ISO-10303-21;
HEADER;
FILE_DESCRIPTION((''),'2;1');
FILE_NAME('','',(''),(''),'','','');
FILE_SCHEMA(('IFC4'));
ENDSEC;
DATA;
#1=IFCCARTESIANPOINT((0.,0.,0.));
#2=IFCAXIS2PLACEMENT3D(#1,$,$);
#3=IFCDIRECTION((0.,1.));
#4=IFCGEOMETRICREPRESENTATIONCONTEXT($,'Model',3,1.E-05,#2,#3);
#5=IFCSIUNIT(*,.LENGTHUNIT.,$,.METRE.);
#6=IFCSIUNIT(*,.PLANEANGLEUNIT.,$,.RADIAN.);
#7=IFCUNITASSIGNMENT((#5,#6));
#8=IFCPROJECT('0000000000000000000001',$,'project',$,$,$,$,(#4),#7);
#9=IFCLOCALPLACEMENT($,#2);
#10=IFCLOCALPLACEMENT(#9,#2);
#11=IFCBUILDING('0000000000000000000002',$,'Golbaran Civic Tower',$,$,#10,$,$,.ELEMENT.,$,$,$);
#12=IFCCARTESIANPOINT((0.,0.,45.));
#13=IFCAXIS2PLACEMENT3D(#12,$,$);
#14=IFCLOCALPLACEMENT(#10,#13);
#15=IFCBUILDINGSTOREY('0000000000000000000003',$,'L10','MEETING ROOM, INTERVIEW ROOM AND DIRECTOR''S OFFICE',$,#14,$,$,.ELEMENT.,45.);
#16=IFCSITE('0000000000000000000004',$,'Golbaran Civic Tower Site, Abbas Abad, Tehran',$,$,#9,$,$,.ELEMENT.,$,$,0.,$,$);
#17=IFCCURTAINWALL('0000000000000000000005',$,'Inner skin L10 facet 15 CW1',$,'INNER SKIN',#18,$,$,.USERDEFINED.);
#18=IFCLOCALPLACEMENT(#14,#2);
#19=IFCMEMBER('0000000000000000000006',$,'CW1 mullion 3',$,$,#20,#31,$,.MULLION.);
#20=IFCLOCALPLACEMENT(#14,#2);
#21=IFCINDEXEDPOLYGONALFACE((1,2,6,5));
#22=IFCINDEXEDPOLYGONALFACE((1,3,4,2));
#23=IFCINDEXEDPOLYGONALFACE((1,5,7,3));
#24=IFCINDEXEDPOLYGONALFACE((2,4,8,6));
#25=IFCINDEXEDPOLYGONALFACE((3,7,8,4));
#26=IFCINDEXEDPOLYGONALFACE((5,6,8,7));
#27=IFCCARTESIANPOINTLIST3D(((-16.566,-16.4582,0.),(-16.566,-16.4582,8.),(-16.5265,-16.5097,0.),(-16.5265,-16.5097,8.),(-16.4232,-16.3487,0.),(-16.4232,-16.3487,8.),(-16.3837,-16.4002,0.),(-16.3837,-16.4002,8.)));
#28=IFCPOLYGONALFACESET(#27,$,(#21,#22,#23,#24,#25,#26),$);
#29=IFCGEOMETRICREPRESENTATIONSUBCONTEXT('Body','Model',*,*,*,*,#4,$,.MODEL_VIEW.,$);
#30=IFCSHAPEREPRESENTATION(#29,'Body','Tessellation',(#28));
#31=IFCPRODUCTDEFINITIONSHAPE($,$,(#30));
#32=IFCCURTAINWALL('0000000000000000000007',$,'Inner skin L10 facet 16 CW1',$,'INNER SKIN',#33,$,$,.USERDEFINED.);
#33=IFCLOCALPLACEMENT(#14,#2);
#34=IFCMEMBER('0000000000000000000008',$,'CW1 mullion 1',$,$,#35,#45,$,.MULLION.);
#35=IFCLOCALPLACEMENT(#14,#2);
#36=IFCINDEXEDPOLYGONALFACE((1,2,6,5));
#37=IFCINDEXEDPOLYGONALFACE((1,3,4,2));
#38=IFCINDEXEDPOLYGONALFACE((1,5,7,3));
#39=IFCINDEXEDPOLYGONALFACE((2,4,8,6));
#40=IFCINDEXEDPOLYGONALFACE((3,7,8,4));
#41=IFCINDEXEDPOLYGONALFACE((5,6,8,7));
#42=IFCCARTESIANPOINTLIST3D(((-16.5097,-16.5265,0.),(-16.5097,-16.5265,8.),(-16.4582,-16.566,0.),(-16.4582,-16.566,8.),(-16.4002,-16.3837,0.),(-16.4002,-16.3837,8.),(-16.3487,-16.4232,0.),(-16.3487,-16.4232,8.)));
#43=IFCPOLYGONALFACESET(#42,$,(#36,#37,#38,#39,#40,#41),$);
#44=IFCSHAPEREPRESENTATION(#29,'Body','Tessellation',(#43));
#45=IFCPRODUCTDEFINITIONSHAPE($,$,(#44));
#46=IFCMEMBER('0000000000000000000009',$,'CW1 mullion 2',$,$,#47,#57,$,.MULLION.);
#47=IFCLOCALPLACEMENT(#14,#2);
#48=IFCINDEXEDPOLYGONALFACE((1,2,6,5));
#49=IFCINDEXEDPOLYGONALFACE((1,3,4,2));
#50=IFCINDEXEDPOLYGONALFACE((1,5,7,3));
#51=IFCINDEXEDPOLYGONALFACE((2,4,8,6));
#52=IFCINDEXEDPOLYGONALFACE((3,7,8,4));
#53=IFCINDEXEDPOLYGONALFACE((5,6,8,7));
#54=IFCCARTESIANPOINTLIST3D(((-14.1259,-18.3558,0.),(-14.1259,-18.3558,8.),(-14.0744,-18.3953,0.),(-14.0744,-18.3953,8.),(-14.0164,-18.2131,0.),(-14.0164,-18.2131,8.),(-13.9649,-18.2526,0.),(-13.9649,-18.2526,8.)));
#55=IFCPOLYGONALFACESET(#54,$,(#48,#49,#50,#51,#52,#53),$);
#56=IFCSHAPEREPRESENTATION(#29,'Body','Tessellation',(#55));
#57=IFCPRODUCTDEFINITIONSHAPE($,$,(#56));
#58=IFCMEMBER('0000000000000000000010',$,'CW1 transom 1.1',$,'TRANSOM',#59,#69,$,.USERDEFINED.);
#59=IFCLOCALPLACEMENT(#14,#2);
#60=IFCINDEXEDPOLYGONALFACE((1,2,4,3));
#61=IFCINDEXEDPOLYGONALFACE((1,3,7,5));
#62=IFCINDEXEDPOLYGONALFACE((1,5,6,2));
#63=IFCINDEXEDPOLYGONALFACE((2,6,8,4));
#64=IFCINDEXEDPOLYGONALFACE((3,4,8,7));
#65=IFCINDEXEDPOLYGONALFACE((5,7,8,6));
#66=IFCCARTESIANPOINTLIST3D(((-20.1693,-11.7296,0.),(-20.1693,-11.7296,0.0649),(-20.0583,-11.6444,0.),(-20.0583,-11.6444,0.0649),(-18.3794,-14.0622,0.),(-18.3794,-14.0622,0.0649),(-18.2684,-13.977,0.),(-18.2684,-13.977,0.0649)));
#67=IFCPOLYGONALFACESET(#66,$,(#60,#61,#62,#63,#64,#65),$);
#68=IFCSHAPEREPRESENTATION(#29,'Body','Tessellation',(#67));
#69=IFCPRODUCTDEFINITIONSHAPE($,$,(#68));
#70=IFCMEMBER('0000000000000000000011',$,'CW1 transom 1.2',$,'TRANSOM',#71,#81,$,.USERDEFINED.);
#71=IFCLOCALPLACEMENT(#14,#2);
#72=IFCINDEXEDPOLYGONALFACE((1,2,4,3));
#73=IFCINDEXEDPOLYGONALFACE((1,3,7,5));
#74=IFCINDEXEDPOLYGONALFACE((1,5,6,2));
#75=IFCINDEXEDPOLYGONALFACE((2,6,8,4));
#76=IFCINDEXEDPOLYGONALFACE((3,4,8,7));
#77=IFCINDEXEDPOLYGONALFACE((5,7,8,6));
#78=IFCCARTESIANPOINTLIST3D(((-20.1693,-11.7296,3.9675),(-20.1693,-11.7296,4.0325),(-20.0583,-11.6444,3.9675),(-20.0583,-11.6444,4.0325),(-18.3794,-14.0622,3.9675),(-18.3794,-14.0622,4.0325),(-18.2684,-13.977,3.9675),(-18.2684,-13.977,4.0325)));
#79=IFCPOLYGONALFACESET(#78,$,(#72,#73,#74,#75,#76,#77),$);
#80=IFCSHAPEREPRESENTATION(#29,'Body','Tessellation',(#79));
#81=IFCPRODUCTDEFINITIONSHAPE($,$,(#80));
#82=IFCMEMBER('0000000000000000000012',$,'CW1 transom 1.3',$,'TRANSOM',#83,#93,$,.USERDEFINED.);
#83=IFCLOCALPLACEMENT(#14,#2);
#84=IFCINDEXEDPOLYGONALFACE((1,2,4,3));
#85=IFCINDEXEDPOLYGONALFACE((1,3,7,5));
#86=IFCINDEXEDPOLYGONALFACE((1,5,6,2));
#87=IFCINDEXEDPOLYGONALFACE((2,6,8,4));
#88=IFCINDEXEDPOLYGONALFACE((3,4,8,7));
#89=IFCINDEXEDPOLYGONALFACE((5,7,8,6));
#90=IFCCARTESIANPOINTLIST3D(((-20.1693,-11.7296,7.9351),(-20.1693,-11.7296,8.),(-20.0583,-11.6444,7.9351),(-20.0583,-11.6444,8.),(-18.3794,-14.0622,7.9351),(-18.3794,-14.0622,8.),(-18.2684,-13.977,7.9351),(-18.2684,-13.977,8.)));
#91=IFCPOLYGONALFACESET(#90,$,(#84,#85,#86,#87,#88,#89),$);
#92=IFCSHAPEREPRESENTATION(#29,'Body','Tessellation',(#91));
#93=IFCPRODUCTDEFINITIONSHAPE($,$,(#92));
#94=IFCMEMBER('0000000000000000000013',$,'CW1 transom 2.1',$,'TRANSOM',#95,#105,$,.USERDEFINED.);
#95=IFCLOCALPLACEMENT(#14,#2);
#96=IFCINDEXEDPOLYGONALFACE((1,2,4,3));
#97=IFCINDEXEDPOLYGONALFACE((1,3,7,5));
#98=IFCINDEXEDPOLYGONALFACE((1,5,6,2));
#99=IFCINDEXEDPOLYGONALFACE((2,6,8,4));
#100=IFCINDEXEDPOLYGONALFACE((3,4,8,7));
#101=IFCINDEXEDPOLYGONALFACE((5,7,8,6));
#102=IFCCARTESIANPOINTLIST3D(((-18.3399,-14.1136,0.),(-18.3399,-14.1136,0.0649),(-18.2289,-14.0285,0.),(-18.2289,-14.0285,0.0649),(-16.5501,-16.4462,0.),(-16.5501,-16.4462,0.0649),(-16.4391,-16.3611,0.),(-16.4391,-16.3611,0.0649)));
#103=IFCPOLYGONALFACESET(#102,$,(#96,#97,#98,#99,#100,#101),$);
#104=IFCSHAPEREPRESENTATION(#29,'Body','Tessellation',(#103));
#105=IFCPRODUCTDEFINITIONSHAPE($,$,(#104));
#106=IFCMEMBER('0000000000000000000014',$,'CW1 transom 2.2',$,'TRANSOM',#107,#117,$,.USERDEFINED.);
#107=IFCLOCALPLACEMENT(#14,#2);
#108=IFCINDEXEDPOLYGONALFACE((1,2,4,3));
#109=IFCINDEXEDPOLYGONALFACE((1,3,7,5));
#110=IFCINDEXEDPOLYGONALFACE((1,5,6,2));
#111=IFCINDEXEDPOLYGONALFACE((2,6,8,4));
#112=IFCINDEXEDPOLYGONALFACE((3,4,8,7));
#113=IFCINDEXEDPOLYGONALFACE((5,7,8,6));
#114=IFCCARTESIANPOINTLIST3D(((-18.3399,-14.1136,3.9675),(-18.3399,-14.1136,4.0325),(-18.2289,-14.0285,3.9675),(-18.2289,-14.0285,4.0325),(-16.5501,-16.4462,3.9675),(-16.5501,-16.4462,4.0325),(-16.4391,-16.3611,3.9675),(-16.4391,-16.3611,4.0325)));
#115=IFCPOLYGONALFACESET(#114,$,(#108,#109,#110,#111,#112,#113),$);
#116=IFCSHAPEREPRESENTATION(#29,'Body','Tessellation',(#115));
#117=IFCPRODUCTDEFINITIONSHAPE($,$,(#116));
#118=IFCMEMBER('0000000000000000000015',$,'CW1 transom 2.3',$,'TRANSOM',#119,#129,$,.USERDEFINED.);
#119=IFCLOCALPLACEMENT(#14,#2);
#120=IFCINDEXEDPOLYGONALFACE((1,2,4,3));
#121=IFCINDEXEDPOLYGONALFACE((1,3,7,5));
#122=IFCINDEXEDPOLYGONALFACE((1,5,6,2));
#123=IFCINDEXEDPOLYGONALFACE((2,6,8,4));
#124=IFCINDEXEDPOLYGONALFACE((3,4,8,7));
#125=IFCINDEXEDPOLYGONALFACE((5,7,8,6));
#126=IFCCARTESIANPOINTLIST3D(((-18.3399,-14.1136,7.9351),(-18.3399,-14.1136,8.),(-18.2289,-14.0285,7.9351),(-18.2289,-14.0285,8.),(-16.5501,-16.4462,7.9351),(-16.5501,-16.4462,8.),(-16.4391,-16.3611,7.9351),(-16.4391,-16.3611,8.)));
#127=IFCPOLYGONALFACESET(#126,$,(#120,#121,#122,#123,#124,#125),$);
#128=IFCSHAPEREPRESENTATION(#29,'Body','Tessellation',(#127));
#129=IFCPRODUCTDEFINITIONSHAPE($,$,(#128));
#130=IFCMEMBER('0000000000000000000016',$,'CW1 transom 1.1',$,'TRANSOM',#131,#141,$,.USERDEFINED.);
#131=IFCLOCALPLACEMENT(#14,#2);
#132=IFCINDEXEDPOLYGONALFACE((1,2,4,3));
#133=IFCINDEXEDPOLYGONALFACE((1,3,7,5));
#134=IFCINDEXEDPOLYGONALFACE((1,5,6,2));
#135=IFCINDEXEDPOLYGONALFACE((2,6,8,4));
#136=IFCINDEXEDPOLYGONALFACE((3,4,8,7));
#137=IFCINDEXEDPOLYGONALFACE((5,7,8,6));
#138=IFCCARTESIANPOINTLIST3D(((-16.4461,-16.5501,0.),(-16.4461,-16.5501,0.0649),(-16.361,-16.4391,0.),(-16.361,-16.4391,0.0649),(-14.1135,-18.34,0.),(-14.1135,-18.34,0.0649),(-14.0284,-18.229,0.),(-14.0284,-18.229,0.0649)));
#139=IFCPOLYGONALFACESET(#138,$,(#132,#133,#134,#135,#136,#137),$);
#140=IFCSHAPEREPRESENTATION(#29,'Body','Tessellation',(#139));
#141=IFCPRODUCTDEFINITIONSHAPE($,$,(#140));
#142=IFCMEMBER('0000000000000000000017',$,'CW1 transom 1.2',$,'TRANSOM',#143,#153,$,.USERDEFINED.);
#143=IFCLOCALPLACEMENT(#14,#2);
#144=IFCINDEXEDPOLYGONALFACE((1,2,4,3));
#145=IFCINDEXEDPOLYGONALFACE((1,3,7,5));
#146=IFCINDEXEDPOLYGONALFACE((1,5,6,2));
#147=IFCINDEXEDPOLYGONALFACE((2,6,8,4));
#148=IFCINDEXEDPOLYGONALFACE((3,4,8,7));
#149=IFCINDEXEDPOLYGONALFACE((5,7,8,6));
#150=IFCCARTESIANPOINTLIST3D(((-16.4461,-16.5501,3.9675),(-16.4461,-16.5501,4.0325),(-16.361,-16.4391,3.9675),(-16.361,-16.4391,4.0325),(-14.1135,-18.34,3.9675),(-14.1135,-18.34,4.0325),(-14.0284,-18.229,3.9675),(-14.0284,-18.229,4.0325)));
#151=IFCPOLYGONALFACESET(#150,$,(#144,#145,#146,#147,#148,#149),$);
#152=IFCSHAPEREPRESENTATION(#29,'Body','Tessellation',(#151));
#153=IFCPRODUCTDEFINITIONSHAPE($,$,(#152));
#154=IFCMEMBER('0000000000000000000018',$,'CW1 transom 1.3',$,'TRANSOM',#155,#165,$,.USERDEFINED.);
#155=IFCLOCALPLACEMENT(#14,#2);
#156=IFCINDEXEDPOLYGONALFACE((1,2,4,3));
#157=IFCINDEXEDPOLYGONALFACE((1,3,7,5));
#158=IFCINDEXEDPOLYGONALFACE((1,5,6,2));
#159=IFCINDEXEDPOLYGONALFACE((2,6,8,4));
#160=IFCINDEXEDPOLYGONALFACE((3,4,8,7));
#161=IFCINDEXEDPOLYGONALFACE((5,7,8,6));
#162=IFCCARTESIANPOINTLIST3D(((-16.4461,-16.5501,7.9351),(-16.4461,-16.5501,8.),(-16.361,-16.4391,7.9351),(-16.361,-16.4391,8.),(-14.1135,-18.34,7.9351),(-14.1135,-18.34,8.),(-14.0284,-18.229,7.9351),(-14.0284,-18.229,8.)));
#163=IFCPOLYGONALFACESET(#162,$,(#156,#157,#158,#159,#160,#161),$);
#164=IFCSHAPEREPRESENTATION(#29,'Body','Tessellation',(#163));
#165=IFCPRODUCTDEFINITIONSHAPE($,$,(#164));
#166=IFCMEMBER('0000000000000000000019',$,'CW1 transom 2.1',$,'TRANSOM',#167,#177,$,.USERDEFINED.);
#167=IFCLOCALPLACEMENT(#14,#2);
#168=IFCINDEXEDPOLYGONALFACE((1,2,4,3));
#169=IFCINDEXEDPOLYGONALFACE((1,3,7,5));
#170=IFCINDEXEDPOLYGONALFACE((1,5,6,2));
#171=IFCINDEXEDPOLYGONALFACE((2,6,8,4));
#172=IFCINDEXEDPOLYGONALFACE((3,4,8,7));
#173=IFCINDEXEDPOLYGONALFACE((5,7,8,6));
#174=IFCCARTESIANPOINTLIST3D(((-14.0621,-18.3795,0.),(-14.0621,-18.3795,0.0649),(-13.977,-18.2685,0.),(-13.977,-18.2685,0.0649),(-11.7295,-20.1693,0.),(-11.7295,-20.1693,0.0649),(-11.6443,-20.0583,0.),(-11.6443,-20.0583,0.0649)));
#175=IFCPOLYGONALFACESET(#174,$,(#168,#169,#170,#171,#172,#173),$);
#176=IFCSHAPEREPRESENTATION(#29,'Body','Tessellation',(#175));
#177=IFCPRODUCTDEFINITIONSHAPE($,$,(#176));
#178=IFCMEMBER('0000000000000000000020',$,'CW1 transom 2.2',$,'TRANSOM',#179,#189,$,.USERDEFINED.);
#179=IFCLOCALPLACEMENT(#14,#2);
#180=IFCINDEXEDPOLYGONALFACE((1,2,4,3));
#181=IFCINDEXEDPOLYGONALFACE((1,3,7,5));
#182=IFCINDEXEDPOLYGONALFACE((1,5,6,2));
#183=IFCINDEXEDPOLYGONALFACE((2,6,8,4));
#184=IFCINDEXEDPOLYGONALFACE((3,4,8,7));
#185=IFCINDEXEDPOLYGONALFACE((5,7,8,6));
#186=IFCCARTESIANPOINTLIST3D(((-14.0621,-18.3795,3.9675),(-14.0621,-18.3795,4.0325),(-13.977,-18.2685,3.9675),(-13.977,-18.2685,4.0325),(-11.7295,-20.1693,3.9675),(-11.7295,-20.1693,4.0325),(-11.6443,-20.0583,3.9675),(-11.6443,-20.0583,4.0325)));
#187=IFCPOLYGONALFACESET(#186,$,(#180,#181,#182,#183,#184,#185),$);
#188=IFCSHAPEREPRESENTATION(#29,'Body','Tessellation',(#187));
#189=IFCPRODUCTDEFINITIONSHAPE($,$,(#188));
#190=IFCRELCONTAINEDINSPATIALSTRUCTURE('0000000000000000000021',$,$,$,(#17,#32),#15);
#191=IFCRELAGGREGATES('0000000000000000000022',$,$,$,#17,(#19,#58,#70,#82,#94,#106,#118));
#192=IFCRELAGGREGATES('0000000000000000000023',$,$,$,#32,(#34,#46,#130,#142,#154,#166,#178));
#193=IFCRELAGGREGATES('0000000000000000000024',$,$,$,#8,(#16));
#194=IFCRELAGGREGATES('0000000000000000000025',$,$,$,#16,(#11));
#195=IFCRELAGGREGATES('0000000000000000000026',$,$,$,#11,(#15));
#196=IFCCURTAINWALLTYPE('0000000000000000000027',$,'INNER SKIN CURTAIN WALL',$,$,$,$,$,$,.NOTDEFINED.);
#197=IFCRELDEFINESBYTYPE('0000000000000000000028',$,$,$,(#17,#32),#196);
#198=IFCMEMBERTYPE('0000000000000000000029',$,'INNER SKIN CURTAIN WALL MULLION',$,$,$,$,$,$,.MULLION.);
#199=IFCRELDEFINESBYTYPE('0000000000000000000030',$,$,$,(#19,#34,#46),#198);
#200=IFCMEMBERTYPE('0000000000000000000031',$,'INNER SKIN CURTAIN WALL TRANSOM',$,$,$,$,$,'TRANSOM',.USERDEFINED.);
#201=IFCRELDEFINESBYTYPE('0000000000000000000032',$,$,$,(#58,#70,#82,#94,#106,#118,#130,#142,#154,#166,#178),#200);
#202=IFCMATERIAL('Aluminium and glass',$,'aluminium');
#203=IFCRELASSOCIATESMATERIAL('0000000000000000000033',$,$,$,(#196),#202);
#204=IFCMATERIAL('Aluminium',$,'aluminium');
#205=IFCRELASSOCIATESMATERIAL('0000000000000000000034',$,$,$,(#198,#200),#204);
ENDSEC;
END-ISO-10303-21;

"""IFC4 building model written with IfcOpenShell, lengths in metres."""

from ifc_helpers import new_model, si_unit, direction, frame, origin, origin_2d, place, context, subcontext, project, spatial, rectangle, extrude, material, material_profile, profile_set, type_object, element, aggregate, save


model = new_model("IFC4")

# Units and contexts
model_context = context("Model", 3, precision=1e-05, world=origin(), true_north=direction((0.0, 1.0)))
body_context = subcontext(model_context, "Body", "Model", "MODEL_VIEW")
ifc_project = project(units=[si_unit("LENGTHUNIT", "METRE"), si_unit("PLANEANGLEUNIT", "RADIAN")], contexts=[model_context])

# Site, building, storey
site_placement = place(None, origin())
site = spatial("IfcSite", under=ifc_project, at=site_placement, Name="Golbaran Civic Tower Site, Abbas Abad, Tehran", CompositionType="ELEMENT", RefElevation=0.0)
building_placement = place(site_placement, origin())
building = spatial("IfcBuilding", under=site, at=building_placement, Name="Golbaran Civic Tower", CompositionType="ELEMENT")
storey_placement = place(building_placement, frame((0.0, 0.0, 45.0)))
storey = spatial("IfcBuildingStorey", under=building, at=storey_placement, Name="L10", Description="MEETING ROOM, INTERVIEW ROOM AND DIRECTOR'S OFFICE", CompositionType="ELEMENT", Elevation=45.0)

# Shared definitions
ifc_material_1 = material(Name="Aluminium and glass", Category="aluminium")
curtain_wall_type = type_object("IfcCurtainWallType", Name="INNER SKIN CURTAIN WALL", PredefinedType="NOTDEFINED", material=ifc_material_1)
ifc_material_2 = material(Name="Aluminium", Category="aluminium")
ifc_material_profile_1 = material_profile(ifc_material_2, rectangle(XDim=0.1799, YDim=0.0649, at=origin_2d()), Name="INNER SKIN CURTAIN WALL MULLION")
ifc_profile_set_1 = profile_set([ifc_material_profile_1], Name="Aluminium")
member_type_1 = type_object("IfcMemberType", Name="INNER SKIN CURTAIN WALL MULLION", PredefinedType="MULLION", material=ifc_profile_set_1)

# Curtain walls, members
curtain_wall_1_placement = place(storey_placement, origin())
curtain_wall_1 = element("IfcCurtainWall", 1, at=curtain_wall_1_placement, inside=storey, type_object=curtain_wall_type, Name="Inner skin L10 facet 15 CW1", ObjectType="INNER SKIN", PredefinedType="USERDEFINED")
member_1_placement = place(storey_placement, frame((-16.4749, -16.4292, 0.0), z_axis=(0.0, 0.0, 1.0), x_axis=(0.793353, 0.608761, 0.0)))
member_1 = element("IfcMember", 2, at=member_1_placement, type_object=member_type_1, Name="CW1 mullion 3", PredefinedType="MULLION", context=body_context, shape_type="SweptSolid", body=[
    extrude(rectangle(XDim=0.1799, YDim=0.0649, at=origin_2d()), origin(), (0.0, 0.0, 1.0), 8.0),
])
curtain_wall_2_placement = place(storey_placement, origin())
curtain_wall_2 = element("IfcCurtainWall", 3, at=curtain_wall_2_placement, inside=storey, type_object=curtain_wall_type, Name="Inner skin L10 facet 16 CW1", ObjectType="INNER SKIN", PredefinedType="USERDEFINED")
member_2_placement = place(storey_placement, frame((-16.4292, -16.4749, 0.0), z_axis=(0.0, 0.0, 1.0), x_axis=(0.608761, 0.793353, 0.0)))
member_2 = element("IfcMember", 4, at=member_2_placement, type_object=member_type_1, Name="CW1 mullion 1", PredefinedType="MULLION", context=body_context, shape_type="SweptSolid", body=[
    extrude(rectangle(XDim=0.1799, YDim=0.0649, at=origin_2d()), origin(), (0.0, 0.0, 1.0), 8.0),
])
member_3_placement = place(storey_placement, frame((-14.0454, -18.3042, 0.0), z_axis=(0.0, 0.0, 1.0), x_axis=(0.608761, 0.793353, 0.0)))
member_3 = element("IfcMember", 5, at=member_3_placement, type_object=member_type_1, Name="CW1 mullion 2", PredefinedType="MULLION", context=body_context, shape_type="SweptSolid", body=[
    extrude(rectangle(XDim=0.1799, YDim=0.0649, at=origin_2d()), origin(), (0.0, 0.0, 1.0), 8.0),
])

# Members
ifc_material_profile_2 = material_profile(ifc_material_2, rectangle(XDim=0.1399, YDim=0.0649, at=origin_2d()), Name="INNER SKIN CURTAIN WALL TRANSOM")
ifc_profile_set_2 = profile_set([ifc_material_profile_2], Name="Aluminium")
member_type_2 = type_object("IfcMemberType", Name="INNER SKIN CURTAIN WALL TRANSOM", ElementType="TRANSOM", PredefinedType="USERDEFINED", material=ifc_profile_set_2)
member_4_placement = place(storey_placement, frame((-20.1138, -11.687, 0.0325), z_axis=(0.608759, -0.793355, 0.0), x_axis=(0.793355, 0.608759, 0.0)))
member_4 = element("IfcMember", 6, at=member_4_placement, type_object=member_type_2, Name="CW1 transom 1.1", ObjectType="TRANSOM", PredefinedType="USERDEFINED", context=body_context, shape_type="SweptSolid", body=[
    extrude(rectangle(XDim=0.1399, YDim=0.0649, at=origin_2d()), origin(), (0.0, 0.0, 1.0), 2.9402),
])
member_5_placement = place(storey_placement, frame((-20.1138, -11.687, 4.0), z_axis=(0.608759, -0.793355, 0.0), x_axis=(0.793355, 0.608759, 0.0)))
member_5 = element("IfcMember", 7, at=member_5_placement, type_object=member_type_2, Name="CW1 transom 1.2", ObjectType="TRANSOM", PredefinedType="USERDEFINED", context=body_context, shape_type="SweptSolid", body=[
    extrude(rectangle(XDim=0.1399, YDim=0.0649, at=origin_2d()), origin(), (0.0, 0.0, 1.0), 2.9402),
])
member_6_placement = place(storey_placement, frame((-20.1138, -11.687, 7.9675), z_axis=(0.608759, -0.793355, 0.0), x_axis=(0.793355, 0.608759, 0.0)))
member_6 = element("IfcMember", 8, at=member_6_placement, type_object=member_type_2, Name="CW1 transom 1.3", ObjectType="TRANSOM", PredefinedType="USERDEFINED", context=body_context, shape_type="SweptSolid", body=[
    extrude(rectangle(XDim=0.1399, YDim=0.0649, at=origin_2d()), origin(), (0.0, 0.0, 1.0), 2.9402),
])
member_7_placement = place(storey_placement, frame((-18.2844, -14.071, 0.0325), z_axis=(0.608759, -0.793355, 0.0), x_axis=(0.793355, 0.608759, 0.0)))
member_7 = element("IfcMember", 9, at=member_7_placement, type_object=member_type_2, Name="CW1 transom 2.1", ObjectType="TRANSOM", PredefinedType="USERDEFINED", context=body_context, shape_type="SweptSolid", body=[
    extrude(rectangle(XDim=0.1399, YDim=0.0649, at=origin_2d()), origin(), (0.0, 0.0, 1.0), 2.9402),
])
member_8_placement = place(storey_placement, frame((-18.2844, -14.071, 4.0), z_axis=(0.608759, -0.793355, 0.0), x_axis=(0.793355, 0.608759, 0.0)))
member_8 = element("IfcMember", 10, at=member_8_placement, type_object=member_type_2, Name="CW1 transom 2.2", ObjectType="TRANSOM", PredefinedType="USERDEFINED", context=body_context, shape_type="SweptSolid", body=[
    extrude(rectangle(XDim=0.1399, YDim=0.0649, at=origin_2d()), origin(), (0.0, 0.0, 1.0), 2.9402),
])
member_9_placement = place(storey_placement, frame((-18.2844, -14.071, 7.9675), z_axis=(0.608759, -0.793355, 0.0), x_axis=(0.793355, 0.608759, 0.0)))
member_9 = element("IfcMember", 11, at=member_9_placement, type_object=member_type_2, Name="CW1 transom 2.3", ObjectType="TRANSOM", PredefinedType="USERDEFINED", context=body_context, shape_type="SweptSolid", body=[
    extrude(rectangle(XDim=0.1399, YDim=0.0649, at=origin_2d()), origin(), (0.0, 0.0, 1.0), 2.9402),
])
member_10_placement = place(storey_placement, frame((-16.4036, -16.4946, 0.0325), z_axis=(0.793355, -0.608759, 0.0), x_axis=(0.608759, 0.793355, 0.0)))
member_10 = element("IfcMember", 12, at=member_10_placement, type_object=member_type_2, Name="CW1 transom 1.1", ObjectType="TRANSOM", PredefinedType="USERDEFINED", context=body_context, shape_type="SweptSolid", body=[
    extrude(rectangle(XDim=0.1399, YDim=0.0649, at=origin_2d()), origin(), (0.0, 0.0, 1.0), 2.9402),
])
member_11_placement = place(storey_placement, frame((-16.4036, -16.4946, 4.0), z_axis=(0.793355, -0.608759, 0.0), x_axis=(0.608759, 0.793355, 0.0)))
member_11 = element("IfcMember", 13, at=member_11_placement, type_object=member_type_2, Name="CW1 transom 1.2", ObjectType="TRANSOM", PredefinedType="USERDEFINED", context=body_context, shape_type="SweptSolid", body=[
    extrude(rectangle(XDim=0.1399, YDim=0.0649, at=origin_2d()), origin(), (0.0, 0.0, 1.0), 2.9402),
])
member_12_placement = place(storey_placement, frame((-16.4036, -16.4946, 7.9675), z_axis=(0.793355, -0.608759, 0.0), x_axis=(0.608759, 0.793355, 0.0)))
member_12 = element("IfcMember", 14, at=member_12_placement, type_object=member_type_2, Name="CW1 transom 1.3", ObjectType="TRANSOM", PredefinedType="USERDEFINED", context=body_context, shape_type="SweptSolid", body=[
    extrude(rectangle(XDim=0.1399, YDim=0.0649, at=origin_2d()), origin(), (0.0, 0.0, 1.0), 2.9402),
])
member_13_placement = place(storey_placement, frame((-14.0195, -18.324, 0.0325), z_axis=(0.793355, -0.608759, 0.0), x_axis=(0.608759, 0.793355, 0.0)))
member_13 = element("IfcMember", 15, at=member_13_placement, type_object=member_type_2, Name="CW1 transom 2.1", ObjectType="TRANSOM", PredefinedType="USERDEFINED", context=body_context, shape_type="SweptSolid", body=[
    extrude(rectangle(XDim=0.1399, YDim=0.0649, at=origin_2d()), origin(), (0.0, 0.0, 1.0), 2.9402),
])
member_14_placement = place(storey_placement, frame((-14.0195, -18.324, 4.0), z_axis=(0.793355, -0.608759, 0.0), x_axis=(0.608759, 0.793355, 0.0)))
member_14 = element("IfcMember", 16, at=member_14_placement, type_object=member_type_2, Name="CW1 transom 2.2", ObjectType="TRANSOM", PredefinedType="USERDEFINED", context=body_context, shape_type="SweptSolid", body=[
    extrude(rectangle(XDim=0.1399, YDim=0.0649, at=origin_2d()), origin(), (0.0, 0.0, 1.0), 2.9402),
])

aggregate(curtain_wall_1, [member_1, member_4, member_5, member_6, member_7, member_8, member_9])
aggregate(curtain_wall_2, [member_2, member_3, member_10, member_11, member_12, member_13, member_14])

save(model, "model.ifc")
